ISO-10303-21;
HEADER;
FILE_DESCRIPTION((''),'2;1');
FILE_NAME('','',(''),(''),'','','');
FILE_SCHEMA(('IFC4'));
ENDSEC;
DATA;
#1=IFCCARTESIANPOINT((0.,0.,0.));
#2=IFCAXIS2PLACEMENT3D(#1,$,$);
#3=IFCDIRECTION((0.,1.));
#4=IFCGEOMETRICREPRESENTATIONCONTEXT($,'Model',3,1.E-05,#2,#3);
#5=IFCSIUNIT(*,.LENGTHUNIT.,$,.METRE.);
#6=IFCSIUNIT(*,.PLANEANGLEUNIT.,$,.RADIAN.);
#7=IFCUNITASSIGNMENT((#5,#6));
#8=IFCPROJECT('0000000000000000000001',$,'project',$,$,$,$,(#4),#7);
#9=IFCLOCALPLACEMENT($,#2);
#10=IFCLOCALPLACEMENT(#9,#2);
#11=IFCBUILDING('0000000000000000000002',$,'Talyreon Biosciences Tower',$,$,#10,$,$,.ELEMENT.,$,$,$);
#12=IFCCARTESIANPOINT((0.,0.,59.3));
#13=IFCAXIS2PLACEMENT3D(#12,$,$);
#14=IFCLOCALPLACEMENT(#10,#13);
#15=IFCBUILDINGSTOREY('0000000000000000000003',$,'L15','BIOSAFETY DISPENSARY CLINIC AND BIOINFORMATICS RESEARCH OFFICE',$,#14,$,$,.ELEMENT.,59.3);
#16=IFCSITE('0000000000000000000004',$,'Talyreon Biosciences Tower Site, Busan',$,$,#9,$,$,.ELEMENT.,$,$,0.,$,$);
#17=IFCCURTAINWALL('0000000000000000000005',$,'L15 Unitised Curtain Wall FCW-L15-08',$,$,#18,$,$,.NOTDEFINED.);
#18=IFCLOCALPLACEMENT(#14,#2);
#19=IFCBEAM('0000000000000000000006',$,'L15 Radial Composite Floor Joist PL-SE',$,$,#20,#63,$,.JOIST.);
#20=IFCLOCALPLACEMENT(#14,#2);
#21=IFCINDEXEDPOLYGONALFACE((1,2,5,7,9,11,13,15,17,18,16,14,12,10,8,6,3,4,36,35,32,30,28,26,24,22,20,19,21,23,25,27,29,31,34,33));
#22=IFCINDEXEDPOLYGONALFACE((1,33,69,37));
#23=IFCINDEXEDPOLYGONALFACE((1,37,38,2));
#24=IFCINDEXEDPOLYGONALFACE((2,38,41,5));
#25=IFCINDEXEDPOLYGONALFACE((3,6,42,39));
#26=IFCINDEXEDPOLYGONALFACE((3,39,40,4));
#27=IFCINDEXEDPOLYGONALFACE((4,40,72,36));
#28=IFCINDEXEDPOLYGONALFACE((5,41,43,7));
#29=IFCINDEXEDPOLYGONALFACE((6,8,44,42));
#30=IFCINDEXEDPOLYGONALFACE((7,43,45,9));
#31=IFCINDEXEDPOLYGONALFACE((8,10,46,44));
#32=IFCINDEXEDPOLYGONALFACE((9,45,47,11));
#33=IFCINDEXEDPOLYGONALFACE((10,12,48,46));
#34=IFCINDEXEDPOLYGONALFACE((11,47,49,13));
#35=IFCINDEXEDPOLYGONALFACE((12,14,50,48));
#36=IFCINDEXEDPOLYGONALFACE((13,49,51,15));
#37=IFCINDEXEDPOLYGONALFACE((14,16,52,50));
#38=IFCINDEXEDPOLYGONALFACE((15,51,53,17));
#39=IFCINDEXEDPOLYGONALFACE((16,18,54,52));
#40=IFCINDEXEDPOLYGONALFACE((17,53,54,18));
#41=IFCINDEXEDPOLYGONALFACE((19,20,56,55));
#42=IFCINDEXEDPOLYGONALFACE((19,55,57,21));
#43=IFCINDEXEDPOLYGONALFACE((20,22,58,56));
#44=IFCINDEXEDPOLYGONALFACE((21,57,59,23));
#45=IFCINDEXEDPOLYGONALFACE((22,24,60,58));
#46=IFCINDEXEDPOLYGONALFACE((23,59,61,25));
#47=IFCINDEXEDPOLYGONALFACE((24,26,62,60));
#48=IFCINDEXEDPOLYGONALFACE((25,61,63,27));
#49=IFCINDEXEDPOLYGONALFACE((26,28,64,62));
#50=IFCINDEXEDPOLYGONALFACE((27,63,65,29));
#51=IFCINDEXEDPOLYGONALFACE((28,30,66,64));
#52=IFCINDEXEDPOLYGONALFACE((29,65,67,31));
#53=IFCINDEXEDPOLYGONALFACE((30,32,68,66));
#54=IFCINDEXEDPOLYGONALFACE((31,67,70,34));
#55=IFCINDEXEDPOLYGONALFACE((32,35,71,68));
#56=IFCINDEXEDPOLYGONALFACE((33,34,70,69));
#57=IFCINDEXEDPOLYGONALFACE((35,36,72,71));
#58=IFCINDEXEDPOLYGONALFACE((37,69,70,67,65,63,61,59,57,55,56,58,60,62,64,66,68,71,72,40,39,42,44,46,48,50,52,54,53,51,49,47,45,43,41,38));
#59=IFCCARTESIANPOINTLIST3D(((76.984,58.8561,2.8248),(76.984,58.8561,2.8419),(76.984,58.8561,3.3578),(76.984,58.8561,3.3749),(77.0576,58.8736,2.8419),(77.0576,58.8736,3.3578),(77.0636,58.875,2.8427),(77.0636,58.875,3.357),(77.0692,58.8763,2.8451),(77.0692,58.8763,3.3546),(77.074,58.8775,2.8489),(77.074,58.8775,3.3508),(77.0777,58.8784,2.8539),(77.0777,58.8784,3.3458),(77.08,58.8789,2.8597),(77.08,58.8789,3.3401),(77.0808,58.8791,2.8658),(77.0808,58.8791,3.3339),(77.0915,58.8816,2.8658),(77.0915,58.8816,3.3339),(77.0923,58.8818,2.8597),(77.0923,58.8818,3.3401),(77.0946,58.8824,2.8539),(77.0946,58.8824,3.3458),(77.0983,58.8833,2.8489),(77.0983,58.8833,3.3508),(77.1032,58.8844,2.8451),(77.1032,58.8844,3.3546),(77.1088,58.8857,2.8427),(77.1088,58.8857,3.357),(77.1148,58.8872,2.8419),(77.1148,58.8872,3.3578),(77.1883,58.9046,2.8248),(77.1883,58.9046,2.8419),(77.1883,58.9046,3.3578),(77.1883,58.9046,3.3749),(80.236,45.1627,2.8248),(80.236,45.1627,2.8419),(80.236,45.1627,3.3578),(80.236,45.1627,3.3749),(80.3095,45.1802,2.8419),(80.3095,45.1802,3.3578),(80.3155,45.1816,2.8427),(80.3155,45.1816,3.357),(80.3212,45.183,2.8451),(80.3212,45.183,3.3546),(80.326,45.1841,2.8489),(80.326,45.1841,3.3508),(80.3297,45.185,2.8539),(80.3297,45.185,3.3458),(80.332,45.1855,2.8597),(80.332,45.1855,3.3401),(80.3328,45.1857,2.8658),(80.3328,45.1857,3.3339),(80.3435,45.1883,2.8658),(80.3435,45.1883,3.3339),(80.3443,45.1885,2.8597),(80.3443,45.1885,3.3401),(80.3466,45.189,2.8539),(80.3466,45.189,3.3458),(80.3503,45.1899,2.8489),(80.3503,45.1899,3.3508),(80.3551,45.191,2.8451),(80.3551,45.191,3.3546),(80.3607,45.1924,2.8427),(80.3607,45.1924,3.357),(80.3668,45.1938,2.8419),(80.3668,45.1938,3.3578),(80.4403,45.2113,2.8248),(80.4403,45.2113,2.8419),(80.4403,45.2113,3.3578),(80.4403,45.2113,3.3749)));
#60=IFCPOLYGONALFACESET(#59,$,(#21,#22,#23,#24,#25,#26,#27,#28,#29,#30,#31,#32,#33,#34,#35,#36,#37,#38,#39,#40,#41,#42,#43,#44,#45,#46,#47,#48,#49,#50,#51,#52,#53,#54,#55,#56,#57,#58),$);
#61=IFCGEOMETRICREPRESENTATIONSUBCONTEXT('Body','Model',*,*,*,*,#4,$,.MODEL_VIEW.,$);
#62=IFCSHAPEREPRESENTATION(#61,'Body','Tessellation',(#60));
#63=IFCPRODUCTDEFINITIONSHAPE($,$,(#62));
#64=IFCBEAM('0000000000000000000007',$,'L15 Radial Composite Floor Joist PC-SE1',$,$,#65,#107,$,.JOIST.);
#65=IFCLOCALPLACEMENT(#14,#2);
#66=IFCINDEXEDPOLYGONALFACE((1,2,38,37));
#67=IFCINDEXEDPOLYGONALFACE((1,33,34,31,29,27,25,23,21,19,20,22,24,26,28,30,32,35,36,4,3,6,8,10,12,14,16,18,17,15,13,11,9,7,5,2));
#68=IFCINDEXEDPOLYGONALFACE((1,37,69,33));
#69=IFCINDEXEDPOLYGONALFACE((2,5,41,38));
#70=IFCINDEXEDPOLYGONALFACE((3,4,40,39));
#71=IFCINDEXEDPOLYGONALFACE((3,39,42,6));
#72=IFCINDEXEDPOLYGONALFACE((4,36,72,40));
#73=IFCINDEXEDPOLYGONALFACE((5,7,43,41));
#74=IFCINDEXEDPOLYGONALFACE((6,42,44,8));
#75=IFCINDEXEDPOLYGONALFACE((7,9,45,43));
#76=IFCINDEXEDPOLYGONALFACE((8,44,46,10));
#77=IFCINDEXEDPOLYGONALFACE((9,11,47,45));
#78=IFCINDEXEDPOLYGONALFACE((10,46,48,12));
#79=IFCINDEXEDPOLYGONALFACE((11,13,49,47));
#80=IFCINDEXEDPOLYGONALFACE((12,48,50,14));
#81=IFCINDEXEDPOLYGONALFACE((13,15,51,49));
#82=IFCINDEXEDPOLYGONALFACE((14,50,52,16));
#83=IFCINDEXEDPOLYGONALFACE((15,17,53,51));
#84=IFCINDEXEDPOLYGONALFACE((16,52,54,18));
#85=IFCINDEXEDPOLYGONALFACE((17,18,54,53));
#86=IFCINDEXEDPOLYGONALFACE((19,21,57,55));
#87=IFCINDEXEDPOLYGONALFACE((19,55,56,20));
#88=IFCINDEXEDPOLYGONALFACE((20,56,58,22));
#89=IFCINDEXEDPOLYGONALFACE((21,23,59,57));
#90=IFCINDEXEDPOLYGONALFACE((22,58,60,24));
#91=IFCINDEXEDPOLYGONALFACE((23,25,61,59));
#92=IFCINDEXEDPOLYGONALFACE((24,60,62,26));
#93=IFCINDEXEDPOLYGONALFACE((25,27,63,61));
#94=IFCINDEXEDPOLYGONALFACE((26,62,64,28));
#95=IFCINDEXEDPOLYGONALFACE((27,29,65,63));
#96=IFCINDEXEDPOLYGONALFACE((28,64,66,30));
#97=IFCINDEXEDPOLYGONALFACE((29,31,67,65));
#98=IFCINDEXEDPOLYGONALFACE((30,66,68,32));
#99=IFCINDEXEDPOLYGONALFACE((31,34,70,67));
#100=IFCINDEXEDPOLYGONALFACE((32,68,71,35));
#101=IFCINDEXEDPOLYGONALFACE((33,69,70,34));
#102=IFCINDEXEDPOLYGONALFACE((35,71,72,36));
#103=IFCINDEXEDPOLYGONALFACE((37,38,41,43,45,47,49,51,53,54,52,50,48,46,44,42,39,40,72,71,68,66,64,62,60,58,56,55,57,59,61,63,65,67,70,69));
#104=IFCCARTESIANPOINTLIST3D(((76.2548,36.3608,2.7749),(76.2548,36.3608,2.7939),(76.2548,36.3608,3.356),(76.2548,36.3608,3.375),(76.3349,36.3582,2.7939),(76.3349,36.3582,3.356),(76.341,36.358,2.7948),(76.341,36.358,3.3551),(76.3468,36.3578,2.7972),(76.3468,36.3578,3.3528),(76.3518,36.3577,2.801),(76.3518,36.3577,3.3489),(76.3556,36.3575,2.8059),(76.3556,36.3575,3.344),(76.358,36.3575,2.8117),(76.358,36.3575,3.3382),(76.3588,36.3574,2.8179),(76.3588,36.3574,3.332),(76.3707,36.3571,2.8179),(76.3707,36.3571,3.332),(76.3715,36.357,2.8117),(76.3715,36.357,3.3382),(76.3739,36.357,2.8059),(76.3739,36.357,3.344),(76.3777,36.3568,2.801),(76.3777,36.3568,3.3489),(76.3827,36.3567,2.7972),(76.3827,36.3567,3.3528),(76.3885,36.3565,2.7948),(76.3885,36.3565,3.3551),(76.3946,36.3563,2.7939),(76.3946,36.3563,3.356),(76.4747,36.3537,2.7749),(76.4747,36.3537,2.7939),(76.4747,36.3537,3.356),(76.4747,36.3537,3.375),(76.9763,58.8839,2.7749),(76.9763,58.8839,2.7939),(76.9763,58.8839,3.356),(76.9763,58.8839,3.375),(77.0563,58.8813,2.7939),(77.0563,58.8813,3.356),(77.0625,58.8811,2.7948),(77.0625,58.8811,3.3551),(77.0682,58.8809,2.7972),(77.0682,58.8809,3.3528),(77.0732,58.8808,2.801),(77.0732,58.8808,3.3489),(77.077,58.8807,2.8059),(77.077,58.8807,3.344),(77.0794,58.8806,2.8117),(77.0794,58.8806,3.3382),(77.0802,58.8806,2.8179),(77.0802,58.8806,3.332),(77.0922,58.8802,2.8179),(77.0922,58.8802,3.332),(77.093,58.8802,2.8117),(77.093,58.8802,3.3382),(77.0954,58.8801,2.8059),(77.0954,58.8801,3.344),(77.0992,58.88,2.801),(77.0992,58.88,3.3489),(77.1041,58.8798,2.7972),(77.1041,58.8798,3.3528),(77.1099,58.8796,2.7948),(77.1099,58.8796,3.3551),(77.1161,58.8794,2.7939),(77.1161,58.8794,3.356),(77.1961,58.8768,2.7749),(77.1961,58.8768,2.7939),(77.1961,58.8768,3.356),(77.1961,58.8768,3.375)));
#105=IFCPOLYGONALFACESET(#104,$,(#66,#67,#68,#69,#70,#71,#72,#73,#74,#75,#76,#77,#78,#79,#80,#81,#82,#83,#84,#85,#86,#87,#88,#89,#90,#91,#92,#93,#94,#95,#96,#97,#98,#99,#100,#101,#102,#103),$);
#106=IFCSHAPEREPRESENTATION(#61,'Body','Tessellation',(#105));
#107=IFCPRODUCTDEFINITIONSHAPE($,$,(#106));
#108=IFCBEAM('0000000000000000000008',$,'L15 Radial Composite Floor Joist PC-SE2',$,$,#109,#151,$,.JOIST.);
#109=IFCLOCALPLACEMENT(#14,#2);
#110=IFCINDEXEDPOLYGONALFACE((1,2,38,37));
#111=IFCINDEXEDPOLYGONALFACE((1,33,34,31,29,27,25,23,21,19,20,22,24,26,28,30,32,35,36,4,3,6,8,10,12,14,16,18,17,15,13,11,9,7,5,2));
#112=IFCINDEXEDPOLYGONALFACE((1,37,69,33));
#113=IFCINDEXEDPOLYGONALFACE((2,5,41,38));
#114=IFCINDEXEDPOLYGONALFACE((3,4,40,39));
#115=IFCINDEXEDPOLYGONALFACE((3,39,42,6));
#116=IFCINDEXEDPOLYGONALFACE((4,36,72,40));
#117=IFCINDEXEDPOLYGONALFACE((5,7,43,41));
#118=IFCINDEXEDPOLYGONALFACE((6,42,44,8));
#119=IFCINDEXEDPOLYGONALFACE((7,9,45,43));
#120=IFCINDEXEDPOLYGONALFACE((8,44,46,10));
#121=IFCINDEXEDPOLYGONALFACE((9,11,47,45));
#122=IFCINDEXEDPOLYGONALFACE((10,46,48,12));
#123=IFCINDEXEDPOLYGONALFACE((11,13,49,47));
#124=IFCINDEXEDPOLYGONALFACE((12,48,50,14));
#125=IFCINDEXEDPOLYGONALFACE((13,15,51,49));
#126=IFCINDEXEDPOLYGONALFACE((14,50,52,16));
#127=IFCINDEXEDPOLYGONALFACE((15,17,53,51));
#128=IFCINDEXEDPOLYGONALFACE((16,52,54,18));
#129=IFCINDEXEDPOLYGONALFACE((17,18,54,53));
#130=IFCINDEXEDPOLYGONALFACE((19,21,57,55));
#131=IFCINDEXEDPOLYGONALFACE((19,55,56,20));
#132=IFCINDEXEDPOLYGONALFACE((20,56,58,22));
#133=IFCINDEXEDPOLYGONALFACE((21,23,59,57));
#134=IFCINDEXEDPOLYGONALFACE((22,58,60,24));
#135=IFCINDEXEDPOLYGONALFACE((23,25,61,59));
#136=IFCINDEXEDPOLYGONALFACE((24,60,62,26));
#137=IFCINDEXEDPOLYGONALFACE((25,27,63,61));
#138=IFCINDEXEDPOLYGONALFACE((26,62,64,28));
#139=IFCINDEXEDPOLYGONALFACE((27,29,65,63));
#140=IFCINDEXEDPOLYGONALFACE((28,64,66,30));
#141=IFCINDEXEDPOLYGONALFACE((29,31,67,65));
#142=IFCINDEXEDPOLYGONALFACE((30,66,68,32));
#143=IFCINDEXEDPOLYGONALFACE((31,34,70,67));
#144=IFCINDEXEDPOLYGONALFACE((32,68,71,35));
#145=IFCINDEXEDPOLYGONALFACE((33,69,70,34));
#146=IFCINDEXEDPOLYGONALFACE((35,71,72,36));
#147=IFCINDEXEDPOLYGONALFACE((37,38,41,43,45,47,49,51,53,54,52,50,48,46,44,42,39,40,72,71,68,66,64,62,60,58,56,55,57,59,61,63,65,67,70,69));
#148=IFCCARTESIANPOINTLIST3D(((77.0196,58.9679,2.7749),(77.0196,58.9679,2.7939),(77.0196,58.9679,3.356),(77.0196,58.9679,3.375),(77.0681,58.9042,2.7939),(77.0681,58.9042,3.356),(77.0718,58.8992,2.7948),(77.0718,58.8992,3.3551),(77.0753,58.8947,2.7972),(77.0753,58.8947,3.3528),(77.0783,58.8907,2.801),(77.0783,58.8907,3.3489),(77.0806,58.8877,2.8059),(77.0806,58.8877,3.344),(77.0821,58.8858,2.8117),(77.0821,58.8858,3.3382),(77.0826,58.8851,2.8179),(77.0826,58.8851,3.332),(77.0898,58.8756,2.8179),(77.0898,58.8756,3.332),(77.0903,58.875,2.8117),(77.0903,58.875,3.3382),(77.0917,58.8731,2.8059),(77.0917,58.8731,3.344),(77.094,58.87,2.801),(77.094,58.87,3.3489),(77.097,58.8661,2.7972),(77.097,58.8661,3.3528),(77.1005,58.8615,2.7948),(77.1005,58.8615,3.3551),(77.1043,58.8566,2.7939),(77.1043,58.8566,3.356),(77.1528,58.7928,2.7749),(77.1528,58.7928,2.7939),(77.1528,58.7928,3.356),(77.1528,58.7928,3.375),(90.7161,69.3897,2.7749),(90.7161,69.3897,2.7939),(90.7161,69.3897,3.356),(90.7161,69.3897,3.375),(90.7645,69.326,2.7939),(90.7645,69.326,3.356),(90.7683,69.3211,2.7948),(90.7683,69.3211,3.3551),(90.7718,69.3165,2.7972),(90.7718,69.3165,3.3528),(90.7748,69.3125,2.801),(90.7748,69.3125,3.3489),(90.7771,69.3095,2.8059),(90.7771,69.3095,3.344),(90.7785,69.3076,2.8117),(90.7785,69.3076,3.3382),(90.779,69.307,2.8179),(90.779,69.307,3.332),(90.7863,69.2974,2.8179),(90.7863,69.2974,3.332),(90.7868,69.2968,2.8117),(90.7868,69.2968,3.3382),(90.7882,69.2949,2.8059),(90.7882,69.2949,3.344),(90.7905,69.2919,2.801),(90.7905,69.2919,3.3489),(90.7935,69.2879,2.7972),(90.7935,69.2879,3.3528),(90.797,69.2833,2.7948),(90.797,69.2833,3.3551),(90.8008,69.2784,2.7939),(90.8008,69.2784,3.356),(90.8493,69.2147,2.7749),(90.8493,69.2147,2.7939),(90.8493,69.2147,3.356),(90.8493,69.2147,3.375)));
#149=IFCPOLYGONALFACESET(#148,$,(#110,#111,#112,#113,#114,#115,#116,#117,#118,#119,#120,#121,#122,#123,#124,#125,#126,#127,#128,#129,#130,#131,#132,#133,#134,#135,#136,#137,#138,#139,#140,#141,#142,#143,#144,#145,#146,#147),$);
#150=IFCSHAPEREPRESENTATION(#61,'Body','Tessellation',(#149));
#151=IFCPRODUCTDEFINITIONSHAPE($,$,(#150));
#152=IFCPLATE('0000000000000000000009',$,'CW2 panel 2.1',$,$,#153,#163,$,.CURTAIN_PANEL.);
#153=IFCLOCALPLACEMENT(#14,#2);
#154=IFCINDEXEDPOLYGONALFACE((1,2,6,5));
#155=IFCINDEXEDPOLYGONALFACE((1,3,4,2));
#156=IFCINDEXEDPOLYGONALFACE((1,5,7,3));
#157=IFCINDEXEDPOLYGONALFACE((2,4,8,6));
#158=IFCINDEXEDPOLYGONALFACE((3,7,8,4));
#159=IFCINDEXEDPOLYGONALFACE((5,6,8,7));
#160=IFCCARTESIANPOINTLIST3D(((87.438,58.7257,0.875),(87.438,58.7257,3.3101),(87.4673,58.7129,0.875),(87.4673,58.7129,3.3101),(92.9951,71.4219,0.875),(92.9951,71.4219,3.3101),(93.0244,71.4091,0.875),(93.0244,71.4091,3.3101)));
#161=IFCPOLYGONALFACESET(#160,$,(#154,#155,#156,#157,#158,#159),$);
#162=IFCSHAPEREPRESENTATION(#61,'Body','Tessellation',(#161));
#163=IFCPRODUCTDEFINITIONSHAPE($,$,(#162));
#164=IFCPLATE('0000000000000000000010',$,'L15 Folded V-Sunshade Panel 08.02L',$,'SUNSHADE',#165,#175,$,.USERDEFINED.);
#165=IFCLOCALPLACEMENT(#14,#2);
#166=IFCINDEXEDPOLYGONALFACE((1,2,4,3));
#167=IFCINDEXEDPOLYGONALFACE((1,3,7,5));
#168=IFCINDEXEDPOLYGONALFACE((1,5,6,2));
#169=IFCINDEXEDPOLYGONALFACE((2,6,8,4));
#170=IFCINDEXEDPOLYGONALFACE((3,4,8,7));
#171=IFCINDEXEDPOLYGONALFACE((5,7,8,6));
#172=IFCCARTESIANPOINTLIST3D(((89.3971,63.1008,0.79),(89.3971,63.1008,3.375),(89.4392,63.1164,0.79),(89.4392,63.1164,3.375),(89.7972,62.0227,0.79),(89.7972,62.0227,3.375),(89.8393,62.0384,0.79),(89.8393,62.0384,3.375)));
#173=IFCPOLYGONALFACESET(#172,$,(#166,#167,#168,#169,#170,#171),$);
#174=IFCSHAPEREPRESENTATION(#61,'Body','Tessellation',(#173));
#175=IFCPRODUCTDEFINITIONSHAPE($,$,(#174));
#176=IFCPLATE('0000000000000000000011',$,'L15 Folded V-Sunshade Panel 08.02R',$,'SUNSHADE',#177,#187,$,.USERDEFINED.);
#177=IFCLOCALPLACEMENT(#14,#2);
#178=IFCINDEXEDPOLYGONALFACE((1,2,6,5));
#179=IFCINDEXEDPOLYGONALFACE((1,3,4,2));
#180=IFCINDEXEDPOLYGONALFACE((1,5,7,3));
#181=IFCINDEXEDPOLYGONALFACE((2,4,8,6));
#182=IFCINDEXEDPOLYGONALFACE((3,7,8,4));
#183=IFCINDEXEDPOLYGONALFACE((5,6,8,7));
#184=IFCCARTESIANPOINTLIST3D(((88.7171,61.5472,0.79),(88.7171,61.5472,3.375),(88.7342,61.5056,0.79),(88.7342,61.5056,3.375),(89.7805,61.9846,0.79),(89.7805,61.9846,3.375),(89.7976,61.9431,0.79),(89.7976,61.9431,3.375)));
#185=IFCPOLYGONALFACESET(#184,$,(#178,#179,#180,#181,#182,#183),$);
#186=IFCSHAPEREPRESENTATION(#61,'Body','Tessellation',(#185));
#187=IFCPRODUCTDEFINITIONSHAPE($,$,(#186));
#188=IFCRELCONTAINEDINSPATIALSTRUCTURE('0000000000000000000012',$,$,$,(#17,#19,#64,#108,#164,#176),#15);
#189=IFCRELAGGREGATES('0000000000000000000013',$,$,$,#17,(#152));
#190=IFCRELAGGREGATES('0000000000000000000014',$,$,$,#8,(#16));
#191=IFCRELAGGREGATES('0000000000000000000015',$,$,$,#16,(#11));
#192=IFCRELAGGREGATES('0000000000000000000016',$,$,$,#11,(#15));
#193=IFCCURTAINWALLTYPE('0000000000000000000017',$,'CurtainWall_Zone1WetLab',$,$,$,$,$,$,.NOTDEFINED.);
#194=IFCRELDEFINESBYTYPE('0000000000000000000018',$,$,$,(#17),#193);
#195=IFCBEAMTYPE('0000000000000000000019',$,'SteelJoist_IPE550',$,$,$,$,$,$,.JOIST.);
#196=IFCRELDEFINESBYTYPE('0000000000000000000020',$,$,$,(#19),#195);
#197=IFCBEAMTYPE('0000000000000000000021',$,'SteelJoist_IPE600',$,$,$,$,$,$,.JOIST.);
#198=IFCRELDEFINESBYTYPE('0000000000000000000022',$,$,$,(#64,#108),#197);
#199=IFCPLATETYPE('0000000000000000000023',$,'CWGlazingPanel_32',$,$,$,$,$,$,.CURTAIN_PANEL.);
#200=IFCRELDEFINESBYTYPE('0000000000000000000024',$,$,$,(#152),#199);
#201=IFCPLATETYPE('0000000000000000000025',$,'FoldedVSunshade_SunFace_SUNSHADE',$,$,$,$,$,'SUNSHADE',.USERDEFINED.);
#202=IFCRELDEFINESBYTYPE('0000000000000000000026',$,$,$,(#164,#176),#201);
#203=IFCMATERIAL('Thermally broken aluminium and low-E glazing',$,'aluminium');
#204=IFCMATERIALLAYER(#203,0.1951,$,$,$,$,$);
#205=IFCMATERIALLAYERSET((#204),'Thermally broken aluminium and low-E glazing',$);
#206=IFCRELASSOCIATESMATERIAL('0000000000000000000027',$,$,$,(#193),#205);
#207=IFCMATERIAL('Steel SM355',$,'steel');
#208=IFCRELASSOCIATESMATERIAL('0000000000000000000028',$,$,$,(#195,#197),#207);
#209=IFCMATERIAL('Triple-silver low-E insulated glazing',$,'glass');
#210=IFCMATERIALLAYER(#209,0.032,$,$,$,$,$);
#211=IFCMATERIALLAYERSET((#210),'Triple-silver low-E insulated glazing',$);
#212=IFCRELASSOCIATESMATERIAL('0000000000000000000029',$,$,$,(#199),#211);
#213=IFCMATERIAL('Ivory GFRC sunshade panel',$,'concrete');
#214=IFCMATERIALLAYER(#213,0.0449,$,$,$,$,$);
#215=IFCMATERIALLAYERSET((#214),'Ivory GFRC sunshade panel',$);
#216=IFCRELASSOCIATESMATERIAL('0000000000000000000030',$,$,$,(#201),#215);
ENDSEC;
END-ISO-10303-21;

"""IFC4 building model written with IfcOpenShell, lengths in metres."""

from ifc_helpers import new_model, si_unit, direction, frame, origin, origin_2d, place, context, subcontext, project, spatial, rectangle, i_section, extrude, material, layer, layer_set, material_profile, profile_set, type_object, element, aggregate, save


model = new_model("IFC4")

# Units and contexts
model_context = context("Model", 3, precision=1e-05, world=origin(), true_north=direction((0.0, 1.0)))
body_context = subcontext(model_context, "Body", "Model", "MODEL_VIEW")
ifc_project = project(units=[si_unit("LENGTHUNIT", "METRE"), si_unit("PLANEANGLEUNIT", "RADIAN")], contexts=[model_context])

# Site, building, storey
site_placement = place(None, origin())
site = spatial("IfcSite", under=ifc_project, at=site_placement, Name="Talyreon Biosciences Tower Site, Busan", CompositionType="ELEMENT", RefElevation=0.0)
building_placement = place(site_placement, origin())
building = spatial("IfcBuilding", under=site, at=building_placement, Name="Talyreon Biosciences Tower", CompositionType="ELEMENT")
storey_placement = place(building_placement, frame((0.0, 0.0, 59.3)))
storey = spatial("IfcBuildingStorey", under=building, at=storey_placement, Name="L15", Description="BIOSAFETY DISPENSARY CLINIC AND BIOINFORMATICS RESEARCH OFFICE", CompositionType="ELEMENT", Elevation=59.3)

# Curtain wall
ifc_material_1 = material(Name="Thermally broken aluminium and low-E glazing", Category="aluminium")
ifc_layer_1 = layer(ifc_material_1, 0.1951)
ifc_layer_set_1 = layer_set([ifc_layer_1], Name="Thermally broken aluminium and low-E glazing")
curtain_wall_type = type_object("IfcCurtainWallType", Name="CurtainWall_Zone1WetLab", PredefinedType="NOTDEFINED", material=ifc_layer_set_1)
curtain_wall_placement = place(storey_placement, origin())
curtain_wall = element("IfcCurtainWall", 1, at=curtain_wall_placement, inside=storey, type_object=curtain_wall_type, Name="L15 Unitised Curtain Wall FCW-L15-08", PredefinedType="NOTDEFINED")

# Beams
ifc_material_2 = material(Name="Steel SM355", Category="steel")
ifc_material_profile_1 = material_profile(ifc_material_2, i_section(OverallWidth=0.21, OverallDepth=0.55, WebThickness=0.011, FlangeThickness=0.0171, FilletRadius=0.0239, at=origin_2d()), Name="IPE550")
ifc_profile_set_1 = profile_set([ifc_material_profile_1], Name="Steel SM355")
beam_type_1 = type_object("IfcBeamType", Name="SteelJoist_IPE550", PredefinedType="JOIST", material=ifc_profile_set_1)
beam_1_placement = place(storey_placement, frame((77.0862, 58.8804, 3.0999), z_axis=(0.231058, -0.97294, 0.0), x_axis=(0.97294, 0.231058, 0.0)))
element("IfcBeam", 2, at=beam_1_placement, inside=storey, type_object=beam_type_1, Name="L15 Radial Composite Floor Joist PL-SE", PredefinedType="JOIST", context=body_context, shape_type="SweptSolid", body=[
    extrude(i_section(OverallWidth=0.21, OverallDepth=0.55, WebThickness=0.011, FlangeThickness=0.0171, FilletRadius=0.0239, at=origin_2d()), origin(), (0.0, 0.0, 1.0), 14.0742),
])
ifc_material_profile_2 = material_profile(ifc_material_2, i_section(OverallWidth=0.22, OverallDepth=0.6001, WebThickness=0.012, FlangeThickness=0.019, FilletRadius=0.0239, at=origin_2d()), Name="IPE600")
ifc_profile_set_2 = profile_set([ifc_material_profile_2], Name="Steel SM355")
beam_type_2 = type_object("IfcBeamType", Name="SteelJoist_IPE600", PredefinedType="JOIST", material=ifc_profile_set_2)
beam_2_placement = place(storey_placement, frame((77.0862, 58.8804, 3.075), z_axis=(-0.032014, -0.999487, 0.0), x_axis=(0.999487, -0.032014, 0.0)))
element("IfcBeam", 3, at=beam_2_placement, inside=storey, type_object=beam_type_2, Name="L15 Radial Composite Floor Joist PC-SE1", PredefinedType="JOIST", context=body_context, shape_type="SweptSolid", body=[
    extrude(i_section(OverallWidth=0.22, OverallDepth=0.6001, WebThickness=0.012, FlangeThickness=0.019, FilletRadius=0.0239, at=origin_2d()), origin(), (0.0, 0.0, 1.0), 22.5347),
])
beam_3_placement = place(storey_placement, frame((77.0862, 58.8804, 3.075), z_axis=(0.795812, 0.605544, 0.0), x_axis=(-0.605544, 0.795812, 0.0)))
element("IfcBeam", 4, at=beam_3_placement, inside=storey, type_object=beam_type_2, Name="L15 Radial Composite Floor Joist PC-SE2", PredefinedType="JOIST", context=body_context, shape_type="SweptSolid", body=[
    extrude(i_section(OverallWidth=0.22, OverallDepth=0.6001, WebThickness=0.012, FlangeThickness=0.019, FilletRadius=0.0239, at=origin_2d()), origin(), (0.0, 0.0, 1.0), 17.2107),
])

# Plate
ifc_material_3 = material(Name="Triple-silver low-E insulated glazing", Category="glass")
ifc_layer_2 = layer(ifc_material_3, 0.032)
ifc_layer_set_2 = layer_set([ifc_layer_2], Name="Triple-silver low-E insulated glazing")
plate_type_1 = type_object("IfcPlateType", Name="CWGlazingPanel_32", PredefinedType="CURTAIN_PANEL", material=ifc_layer_set_2)
plate_placement = place(storey_placement, frame((90.2312, 65.0674, 0.875), z_axis=(0.0, 0.0, 1.0), x_axis=(-0.400968, -0.916092, 0.0)))
plate = element("IfcPlate", 5, at=plate_placement, type_object=plate_type_1, Name="CW2 panel 2.1", PredefinedType="CURTAIN_PANEL", context=body_context, shape_type="SweptSolid", body=[
    extrude(rectangle(XDim=13.8591, YDim=0.032, at=origin_2d()), origin(), (0.0, 0.0, 1.0), 2.4351),
])
aggregate(curtain_wall, [plate])

# Plates
ifc_material_4 = material(Name="Ivory GFRC sunshade panel", Category="concrete")
ifc_layer_3 = layer(ifc_material_4, 0.0449)
ifc_layer_set_3 = layer_set([ifc_layer_3], Name="Ivory GFRC sunshade panel")
plate_type_2 = type_object("IfcPlateType", Name="FoldedVSunshade_SunFace_SUNSHADE", ElementType="SUNSHADE", PredefinedType="USERDEFINED", material=ifc_layer_set_3)
for number, where, z_axis, x_axis, name in (
    (6, (89.6182, 62.5696, 0.79), (0.0, 0.0, 1.0), (0.347934, -0.937519, 0.0), "L15 Folded V-Sunshade Panel 08.02L"),
    (7, (89.2573, 61.7451, 0.79), (0.0, 0.0, 1.0), (-0.924805, -0.380441, 0.0), "L15 Folded V-Sunshade Panel 08.02R"),
):
    element("IfcPlate", number, at=place(storey_placement, frame(where, z_axis=z_axis, x_axis=x_axis)), inside=storey, type_object=plate_type_2, Name=name, ObjectType="SUNSHADE", PredefinedType="USERDEFINED", context=body_context, shape_type="SweptSolid", body=[
        extrude(rectangle(XDim=1.1499, YDim=0.0449, at=origin_2d()), origin(), (0.0, 0.0, 1.0), 2.585),
    ])

save(model, "model.ifc")
